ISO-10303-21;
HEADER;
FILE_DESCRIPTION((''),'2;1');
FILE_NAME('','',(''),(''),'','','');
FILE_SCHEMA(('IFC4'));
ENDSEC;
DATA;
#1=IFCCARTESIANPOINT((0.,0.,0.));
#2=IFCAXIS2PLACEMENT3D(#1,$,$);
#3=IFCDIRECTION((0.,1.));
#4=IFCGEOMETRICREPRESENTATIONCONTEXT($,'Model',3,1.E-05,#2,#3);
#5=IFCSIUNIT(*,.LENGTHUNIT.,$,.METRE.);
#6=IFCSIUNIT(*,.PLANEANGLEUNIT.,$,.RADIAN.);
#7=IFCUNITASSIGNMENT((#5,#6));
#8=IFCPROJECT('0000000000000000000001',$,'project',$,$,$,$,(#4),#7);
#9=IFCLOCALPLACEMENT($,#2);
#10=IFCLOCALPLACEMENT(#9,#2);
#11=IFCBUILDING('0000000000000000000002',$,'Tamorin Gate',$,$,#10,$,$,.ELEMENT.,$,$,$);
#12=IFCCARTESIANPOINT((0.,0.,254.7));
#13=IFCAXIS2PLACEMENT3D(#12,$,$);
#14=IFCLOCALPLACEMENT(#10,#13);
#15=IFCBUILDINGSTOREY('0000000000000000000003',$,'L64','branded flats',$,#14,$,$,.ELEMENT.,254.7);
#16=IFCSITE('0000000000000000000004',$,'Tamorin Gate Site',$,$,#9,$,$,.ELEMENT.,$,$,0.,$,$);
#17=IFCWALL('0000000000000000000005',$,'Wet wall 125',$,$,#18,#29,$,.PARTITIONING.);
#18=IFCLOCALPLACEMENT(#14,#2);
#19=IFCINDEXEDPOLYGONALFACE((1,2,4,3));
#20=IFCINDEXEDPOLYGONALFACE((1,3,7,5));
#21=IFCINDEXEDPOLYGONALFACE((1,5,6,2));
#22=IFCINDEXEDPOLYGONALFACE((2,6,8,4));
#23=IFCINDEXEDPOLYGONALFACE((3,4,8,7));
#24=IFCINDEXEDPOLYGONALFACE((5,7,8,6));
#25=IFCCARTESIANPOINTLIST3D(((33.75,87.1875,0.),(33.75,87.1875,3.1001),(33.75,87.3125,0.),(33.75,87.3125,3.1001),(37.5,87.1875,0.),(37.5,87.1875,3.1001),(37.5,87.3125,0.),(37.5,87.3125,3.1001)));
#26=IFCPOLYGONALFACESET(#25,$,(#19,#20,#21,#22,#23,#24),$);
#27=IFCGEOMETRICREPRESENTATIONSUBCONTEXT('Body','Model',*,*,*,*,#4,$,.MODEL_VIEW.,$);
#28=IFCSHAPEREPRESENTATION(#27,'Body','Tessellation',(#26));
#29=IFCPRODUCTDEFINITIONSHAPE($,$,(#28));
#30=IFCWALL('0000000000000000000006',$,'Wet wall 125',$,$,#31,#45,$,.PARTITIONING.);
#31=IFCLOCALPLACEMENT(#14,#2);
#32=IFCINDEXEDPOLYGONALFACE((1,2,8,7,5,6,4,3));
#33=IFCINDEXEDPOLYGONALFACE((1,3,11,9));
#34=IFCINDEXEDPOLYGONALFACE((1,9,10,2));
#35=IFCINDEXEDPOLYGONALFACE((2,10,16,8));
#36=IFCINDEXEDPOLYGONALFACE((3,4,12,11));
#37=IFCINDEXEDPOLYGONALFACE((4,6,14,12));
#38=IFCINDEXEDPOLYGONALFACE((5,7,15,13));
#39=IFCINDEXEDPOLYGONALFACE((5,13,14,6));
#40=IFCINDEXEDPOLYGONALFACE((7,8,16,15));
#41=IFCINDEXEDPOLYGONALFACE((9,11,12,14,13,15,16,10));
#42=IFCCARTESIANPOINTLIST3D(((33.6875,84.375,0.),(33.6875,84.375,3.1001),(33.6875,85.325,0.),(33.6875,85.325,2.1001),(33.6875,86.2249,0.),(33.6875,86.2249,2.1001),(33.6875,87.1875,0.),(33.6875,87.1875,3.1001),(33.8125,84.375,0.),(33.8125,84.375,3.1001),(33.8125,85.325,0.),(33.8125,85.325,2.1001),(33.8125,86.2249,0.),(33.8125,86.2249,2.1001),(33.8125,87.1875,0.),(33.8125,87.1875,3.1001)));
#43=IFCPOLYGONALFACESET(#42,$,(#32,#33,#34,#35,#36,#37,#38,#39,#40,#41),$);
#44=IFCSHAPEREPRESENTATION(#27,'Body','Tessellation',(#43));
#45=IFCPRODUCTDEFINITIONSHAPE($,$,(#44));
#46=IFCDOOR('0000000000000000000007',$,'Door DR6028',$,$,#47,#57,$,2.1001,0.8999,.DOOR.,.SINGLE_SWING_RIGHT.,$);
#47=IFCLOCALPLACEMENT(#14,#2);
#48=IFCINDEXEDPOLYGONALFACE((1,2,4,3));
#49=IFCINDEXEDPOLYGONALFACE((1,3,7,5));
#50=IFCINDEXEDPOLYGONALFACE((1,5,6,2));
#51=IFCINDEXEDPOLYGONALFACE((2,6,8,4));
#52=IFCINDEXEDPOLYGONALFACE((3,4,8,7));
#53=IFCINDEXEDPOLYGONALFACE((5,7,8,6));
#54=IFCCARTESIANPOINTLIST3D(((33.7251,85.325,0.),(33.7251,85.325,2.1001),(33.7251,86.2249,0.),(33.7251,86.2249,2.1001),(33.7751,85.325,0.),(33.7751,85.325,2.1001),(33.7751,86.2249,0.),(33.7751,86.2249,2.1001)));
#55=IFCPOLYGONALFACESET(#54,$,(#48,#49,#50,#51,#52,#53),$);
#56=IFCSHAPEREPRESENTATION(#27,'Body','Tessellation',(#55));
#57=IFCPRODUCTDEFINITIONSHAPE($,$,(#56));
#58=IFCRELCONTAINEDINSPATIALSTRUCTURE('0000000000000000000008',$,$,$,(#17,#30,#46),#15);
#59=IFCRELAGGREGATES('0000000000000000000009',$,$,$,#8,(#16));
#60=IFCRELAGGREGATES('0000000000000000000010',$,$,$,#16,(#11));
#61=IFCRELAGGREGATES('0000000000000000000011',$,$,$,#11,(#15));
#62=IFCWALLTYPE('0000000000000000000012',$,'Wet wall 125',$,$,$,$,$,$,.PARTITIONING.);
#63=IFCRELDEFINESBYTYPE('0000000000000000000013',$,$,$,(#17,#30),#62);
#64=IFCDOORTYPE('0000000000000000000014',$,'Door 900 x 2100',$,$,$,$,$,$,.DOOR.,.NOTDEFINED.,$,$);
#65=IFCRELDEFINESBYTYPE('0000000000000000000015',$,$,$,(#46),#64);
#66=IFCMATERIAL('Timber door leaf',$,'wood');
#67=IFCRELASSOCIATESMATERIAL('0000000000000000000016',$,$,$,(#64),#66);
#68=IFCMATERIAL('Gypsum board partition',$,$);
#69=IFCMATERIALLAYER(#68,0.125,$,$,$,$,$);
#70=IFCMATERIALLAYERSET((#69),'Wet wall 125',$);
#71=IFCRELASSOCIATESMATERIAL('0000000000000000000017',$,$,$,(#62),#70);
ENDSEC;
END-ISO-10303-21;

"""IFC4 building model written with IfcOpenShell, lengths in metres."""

from ifc_helpers import new_model, si_unit, direction, frame, frame_2d, origin, place, context, subcontext, project, spatial, rectangle, extrude, material, layer, layer_set, type_object, element, fill, save


model = new_model("IFC4")

# Units and contexts
model_context = context("Model", 3, precision=1e-05, world=origin(), true_north=direction((0.0, 1.0)))
body_context = subcontext(model_context, "Body", "Model", "MODEL_VIEW")
ifc_project = project(units=[si_unit("LENGTHUNIT", "METRE"), si_unit("PLANEANGLEUNIT", "RADIAN")], contexts=[model_context])

# Site, building, storey
site_placement = place(None, origin())
site = spatial("IfcSite", under=ifc_project, at=site_placement, Name="Tamorin Gate Site", CompositionType="ELEMENT", RefElevation=0.0)
building_placement = place(site_placement, origin())
building = spatial("IfcBuilding", under=site, at=building_placement, Name="Tamorin Gate", CompositionType="ELEMENT")
storey_placement = place(building_placement, frame((0.0, 0.0, 254.7)))
storey = spatial("IfcBuildingStorey", under=building, at=storey_placement, Name="L64", Description="branded flats", CompositionType="ELEMENT", Elevation=254.7)

# Shared definitions
ifc_material_1 = material(Name="Gypsum board partition")
ifc_material_2 = material(Name="Timber door leaf", Category="wood")

# Shared definitions
door_type_1 = type_object("IfcDoorType", Name="Door 900 x 2100", OperationType="NOTDEFINED", PredefinedType="DOOR", material=ifc_material_2)

# Wall
ifc_layer_1 = layer(ifc_material_1, 0.125)
ifc_layer_set_1 = layer_set([ifc_layer_1], Name="Wet wall 125")
wall_type_1 = type_object("IfcWallType", Name="Wet wall 125", PredefinedType="PARTITIONING", material=ifc_layer_set_1)
wall_1_placement = place(storey_placement, frame((33.75, 87.25, 0.0), z_axis=(0.0, 0.0, 1.0), x_axis=(1.0, 0.0, 0.0)))
element("IfcWall", 1, at=wall_1_placement, inside=storey, type_object=wall_type_1, Name="Wet wall 125", PredefinedType="PARTITIONING", context=body_context, shape_type="SweptSolid", body=[
    extrude(rectangle(XDim=3.75, YDim=0.125, at=frame_2d((1.875, 0.0))), origin(), (0.0, 0.0, 1.0), 3.1001),
])

# Wall, opening, door
wall_2_placement = place(storey_placement, frame((33.75, 84.375, 0.0), z_axis=(0.0, 0.0, 1.0), x_axis=(0.0, 1.0, 0.0)))
wall_2 = element("IfcWall", 2, at=wall_2_placement, inside=storey, type_object=wall_type_1, Name="Wet wall 125", PredefinedType="PARTITIONING", context=body_context, shape_type="SweptSolid", body=[
    extrude(rectangle(XDim=2.8125, YDim=0.125, at=frame_2d((1.4062, 0.0))), origin(), (0.0, 0.0, 1.0), 3.1001),
])
opening_1_placement = place(wall_2_placement, frame((0.95, 0.0, 0.0)))
opening_1 = element("IfcOpeningElement", 3, at=opening_1_placement, cuts=wall_2, PredefinedType="OPENING", context=body_context, shape_type="SweptSolid", body=[
    extrude(rectangle(XDim=0.8999, YDim=2.1001, at=frame_2d((0.45, 1.05))), frame((0.0, 0.0725, 0.0), z_axis=(0.0, -1.0, 0.0), x_axis=(1.0, 0.0, 0.0)), (0.0, 0.0, 1.0), 0.145),
])
door_1_placement = place(opening_1_placement, origin())
door_1 = element("IfcDoor", 4, at=door_1_placement, inside=storey, type_object=door_type_1, Name="Door DR6028", OperationType="SINGLE_SWING_RIGHT", OverallHeight=2.1001, OverallWidth=0.8999, PredefinedType="DOOR", context=body_context, shape_type="SweptSolid", body=[
    extrude(rectangle(XDim=0.8999, YDim=2.1001, at=frame_2d((0.45, 1.05))), frame((0.0, 0.0249, 0.0), z_axis=(0.0, -1.0, 0.0), x_axis=(1.0, 0.0, 0.0)), (0.0, 0.0, 1.0), 0.05),
])
fill(opening_1, door_1)

save(model, "model.ifc")
